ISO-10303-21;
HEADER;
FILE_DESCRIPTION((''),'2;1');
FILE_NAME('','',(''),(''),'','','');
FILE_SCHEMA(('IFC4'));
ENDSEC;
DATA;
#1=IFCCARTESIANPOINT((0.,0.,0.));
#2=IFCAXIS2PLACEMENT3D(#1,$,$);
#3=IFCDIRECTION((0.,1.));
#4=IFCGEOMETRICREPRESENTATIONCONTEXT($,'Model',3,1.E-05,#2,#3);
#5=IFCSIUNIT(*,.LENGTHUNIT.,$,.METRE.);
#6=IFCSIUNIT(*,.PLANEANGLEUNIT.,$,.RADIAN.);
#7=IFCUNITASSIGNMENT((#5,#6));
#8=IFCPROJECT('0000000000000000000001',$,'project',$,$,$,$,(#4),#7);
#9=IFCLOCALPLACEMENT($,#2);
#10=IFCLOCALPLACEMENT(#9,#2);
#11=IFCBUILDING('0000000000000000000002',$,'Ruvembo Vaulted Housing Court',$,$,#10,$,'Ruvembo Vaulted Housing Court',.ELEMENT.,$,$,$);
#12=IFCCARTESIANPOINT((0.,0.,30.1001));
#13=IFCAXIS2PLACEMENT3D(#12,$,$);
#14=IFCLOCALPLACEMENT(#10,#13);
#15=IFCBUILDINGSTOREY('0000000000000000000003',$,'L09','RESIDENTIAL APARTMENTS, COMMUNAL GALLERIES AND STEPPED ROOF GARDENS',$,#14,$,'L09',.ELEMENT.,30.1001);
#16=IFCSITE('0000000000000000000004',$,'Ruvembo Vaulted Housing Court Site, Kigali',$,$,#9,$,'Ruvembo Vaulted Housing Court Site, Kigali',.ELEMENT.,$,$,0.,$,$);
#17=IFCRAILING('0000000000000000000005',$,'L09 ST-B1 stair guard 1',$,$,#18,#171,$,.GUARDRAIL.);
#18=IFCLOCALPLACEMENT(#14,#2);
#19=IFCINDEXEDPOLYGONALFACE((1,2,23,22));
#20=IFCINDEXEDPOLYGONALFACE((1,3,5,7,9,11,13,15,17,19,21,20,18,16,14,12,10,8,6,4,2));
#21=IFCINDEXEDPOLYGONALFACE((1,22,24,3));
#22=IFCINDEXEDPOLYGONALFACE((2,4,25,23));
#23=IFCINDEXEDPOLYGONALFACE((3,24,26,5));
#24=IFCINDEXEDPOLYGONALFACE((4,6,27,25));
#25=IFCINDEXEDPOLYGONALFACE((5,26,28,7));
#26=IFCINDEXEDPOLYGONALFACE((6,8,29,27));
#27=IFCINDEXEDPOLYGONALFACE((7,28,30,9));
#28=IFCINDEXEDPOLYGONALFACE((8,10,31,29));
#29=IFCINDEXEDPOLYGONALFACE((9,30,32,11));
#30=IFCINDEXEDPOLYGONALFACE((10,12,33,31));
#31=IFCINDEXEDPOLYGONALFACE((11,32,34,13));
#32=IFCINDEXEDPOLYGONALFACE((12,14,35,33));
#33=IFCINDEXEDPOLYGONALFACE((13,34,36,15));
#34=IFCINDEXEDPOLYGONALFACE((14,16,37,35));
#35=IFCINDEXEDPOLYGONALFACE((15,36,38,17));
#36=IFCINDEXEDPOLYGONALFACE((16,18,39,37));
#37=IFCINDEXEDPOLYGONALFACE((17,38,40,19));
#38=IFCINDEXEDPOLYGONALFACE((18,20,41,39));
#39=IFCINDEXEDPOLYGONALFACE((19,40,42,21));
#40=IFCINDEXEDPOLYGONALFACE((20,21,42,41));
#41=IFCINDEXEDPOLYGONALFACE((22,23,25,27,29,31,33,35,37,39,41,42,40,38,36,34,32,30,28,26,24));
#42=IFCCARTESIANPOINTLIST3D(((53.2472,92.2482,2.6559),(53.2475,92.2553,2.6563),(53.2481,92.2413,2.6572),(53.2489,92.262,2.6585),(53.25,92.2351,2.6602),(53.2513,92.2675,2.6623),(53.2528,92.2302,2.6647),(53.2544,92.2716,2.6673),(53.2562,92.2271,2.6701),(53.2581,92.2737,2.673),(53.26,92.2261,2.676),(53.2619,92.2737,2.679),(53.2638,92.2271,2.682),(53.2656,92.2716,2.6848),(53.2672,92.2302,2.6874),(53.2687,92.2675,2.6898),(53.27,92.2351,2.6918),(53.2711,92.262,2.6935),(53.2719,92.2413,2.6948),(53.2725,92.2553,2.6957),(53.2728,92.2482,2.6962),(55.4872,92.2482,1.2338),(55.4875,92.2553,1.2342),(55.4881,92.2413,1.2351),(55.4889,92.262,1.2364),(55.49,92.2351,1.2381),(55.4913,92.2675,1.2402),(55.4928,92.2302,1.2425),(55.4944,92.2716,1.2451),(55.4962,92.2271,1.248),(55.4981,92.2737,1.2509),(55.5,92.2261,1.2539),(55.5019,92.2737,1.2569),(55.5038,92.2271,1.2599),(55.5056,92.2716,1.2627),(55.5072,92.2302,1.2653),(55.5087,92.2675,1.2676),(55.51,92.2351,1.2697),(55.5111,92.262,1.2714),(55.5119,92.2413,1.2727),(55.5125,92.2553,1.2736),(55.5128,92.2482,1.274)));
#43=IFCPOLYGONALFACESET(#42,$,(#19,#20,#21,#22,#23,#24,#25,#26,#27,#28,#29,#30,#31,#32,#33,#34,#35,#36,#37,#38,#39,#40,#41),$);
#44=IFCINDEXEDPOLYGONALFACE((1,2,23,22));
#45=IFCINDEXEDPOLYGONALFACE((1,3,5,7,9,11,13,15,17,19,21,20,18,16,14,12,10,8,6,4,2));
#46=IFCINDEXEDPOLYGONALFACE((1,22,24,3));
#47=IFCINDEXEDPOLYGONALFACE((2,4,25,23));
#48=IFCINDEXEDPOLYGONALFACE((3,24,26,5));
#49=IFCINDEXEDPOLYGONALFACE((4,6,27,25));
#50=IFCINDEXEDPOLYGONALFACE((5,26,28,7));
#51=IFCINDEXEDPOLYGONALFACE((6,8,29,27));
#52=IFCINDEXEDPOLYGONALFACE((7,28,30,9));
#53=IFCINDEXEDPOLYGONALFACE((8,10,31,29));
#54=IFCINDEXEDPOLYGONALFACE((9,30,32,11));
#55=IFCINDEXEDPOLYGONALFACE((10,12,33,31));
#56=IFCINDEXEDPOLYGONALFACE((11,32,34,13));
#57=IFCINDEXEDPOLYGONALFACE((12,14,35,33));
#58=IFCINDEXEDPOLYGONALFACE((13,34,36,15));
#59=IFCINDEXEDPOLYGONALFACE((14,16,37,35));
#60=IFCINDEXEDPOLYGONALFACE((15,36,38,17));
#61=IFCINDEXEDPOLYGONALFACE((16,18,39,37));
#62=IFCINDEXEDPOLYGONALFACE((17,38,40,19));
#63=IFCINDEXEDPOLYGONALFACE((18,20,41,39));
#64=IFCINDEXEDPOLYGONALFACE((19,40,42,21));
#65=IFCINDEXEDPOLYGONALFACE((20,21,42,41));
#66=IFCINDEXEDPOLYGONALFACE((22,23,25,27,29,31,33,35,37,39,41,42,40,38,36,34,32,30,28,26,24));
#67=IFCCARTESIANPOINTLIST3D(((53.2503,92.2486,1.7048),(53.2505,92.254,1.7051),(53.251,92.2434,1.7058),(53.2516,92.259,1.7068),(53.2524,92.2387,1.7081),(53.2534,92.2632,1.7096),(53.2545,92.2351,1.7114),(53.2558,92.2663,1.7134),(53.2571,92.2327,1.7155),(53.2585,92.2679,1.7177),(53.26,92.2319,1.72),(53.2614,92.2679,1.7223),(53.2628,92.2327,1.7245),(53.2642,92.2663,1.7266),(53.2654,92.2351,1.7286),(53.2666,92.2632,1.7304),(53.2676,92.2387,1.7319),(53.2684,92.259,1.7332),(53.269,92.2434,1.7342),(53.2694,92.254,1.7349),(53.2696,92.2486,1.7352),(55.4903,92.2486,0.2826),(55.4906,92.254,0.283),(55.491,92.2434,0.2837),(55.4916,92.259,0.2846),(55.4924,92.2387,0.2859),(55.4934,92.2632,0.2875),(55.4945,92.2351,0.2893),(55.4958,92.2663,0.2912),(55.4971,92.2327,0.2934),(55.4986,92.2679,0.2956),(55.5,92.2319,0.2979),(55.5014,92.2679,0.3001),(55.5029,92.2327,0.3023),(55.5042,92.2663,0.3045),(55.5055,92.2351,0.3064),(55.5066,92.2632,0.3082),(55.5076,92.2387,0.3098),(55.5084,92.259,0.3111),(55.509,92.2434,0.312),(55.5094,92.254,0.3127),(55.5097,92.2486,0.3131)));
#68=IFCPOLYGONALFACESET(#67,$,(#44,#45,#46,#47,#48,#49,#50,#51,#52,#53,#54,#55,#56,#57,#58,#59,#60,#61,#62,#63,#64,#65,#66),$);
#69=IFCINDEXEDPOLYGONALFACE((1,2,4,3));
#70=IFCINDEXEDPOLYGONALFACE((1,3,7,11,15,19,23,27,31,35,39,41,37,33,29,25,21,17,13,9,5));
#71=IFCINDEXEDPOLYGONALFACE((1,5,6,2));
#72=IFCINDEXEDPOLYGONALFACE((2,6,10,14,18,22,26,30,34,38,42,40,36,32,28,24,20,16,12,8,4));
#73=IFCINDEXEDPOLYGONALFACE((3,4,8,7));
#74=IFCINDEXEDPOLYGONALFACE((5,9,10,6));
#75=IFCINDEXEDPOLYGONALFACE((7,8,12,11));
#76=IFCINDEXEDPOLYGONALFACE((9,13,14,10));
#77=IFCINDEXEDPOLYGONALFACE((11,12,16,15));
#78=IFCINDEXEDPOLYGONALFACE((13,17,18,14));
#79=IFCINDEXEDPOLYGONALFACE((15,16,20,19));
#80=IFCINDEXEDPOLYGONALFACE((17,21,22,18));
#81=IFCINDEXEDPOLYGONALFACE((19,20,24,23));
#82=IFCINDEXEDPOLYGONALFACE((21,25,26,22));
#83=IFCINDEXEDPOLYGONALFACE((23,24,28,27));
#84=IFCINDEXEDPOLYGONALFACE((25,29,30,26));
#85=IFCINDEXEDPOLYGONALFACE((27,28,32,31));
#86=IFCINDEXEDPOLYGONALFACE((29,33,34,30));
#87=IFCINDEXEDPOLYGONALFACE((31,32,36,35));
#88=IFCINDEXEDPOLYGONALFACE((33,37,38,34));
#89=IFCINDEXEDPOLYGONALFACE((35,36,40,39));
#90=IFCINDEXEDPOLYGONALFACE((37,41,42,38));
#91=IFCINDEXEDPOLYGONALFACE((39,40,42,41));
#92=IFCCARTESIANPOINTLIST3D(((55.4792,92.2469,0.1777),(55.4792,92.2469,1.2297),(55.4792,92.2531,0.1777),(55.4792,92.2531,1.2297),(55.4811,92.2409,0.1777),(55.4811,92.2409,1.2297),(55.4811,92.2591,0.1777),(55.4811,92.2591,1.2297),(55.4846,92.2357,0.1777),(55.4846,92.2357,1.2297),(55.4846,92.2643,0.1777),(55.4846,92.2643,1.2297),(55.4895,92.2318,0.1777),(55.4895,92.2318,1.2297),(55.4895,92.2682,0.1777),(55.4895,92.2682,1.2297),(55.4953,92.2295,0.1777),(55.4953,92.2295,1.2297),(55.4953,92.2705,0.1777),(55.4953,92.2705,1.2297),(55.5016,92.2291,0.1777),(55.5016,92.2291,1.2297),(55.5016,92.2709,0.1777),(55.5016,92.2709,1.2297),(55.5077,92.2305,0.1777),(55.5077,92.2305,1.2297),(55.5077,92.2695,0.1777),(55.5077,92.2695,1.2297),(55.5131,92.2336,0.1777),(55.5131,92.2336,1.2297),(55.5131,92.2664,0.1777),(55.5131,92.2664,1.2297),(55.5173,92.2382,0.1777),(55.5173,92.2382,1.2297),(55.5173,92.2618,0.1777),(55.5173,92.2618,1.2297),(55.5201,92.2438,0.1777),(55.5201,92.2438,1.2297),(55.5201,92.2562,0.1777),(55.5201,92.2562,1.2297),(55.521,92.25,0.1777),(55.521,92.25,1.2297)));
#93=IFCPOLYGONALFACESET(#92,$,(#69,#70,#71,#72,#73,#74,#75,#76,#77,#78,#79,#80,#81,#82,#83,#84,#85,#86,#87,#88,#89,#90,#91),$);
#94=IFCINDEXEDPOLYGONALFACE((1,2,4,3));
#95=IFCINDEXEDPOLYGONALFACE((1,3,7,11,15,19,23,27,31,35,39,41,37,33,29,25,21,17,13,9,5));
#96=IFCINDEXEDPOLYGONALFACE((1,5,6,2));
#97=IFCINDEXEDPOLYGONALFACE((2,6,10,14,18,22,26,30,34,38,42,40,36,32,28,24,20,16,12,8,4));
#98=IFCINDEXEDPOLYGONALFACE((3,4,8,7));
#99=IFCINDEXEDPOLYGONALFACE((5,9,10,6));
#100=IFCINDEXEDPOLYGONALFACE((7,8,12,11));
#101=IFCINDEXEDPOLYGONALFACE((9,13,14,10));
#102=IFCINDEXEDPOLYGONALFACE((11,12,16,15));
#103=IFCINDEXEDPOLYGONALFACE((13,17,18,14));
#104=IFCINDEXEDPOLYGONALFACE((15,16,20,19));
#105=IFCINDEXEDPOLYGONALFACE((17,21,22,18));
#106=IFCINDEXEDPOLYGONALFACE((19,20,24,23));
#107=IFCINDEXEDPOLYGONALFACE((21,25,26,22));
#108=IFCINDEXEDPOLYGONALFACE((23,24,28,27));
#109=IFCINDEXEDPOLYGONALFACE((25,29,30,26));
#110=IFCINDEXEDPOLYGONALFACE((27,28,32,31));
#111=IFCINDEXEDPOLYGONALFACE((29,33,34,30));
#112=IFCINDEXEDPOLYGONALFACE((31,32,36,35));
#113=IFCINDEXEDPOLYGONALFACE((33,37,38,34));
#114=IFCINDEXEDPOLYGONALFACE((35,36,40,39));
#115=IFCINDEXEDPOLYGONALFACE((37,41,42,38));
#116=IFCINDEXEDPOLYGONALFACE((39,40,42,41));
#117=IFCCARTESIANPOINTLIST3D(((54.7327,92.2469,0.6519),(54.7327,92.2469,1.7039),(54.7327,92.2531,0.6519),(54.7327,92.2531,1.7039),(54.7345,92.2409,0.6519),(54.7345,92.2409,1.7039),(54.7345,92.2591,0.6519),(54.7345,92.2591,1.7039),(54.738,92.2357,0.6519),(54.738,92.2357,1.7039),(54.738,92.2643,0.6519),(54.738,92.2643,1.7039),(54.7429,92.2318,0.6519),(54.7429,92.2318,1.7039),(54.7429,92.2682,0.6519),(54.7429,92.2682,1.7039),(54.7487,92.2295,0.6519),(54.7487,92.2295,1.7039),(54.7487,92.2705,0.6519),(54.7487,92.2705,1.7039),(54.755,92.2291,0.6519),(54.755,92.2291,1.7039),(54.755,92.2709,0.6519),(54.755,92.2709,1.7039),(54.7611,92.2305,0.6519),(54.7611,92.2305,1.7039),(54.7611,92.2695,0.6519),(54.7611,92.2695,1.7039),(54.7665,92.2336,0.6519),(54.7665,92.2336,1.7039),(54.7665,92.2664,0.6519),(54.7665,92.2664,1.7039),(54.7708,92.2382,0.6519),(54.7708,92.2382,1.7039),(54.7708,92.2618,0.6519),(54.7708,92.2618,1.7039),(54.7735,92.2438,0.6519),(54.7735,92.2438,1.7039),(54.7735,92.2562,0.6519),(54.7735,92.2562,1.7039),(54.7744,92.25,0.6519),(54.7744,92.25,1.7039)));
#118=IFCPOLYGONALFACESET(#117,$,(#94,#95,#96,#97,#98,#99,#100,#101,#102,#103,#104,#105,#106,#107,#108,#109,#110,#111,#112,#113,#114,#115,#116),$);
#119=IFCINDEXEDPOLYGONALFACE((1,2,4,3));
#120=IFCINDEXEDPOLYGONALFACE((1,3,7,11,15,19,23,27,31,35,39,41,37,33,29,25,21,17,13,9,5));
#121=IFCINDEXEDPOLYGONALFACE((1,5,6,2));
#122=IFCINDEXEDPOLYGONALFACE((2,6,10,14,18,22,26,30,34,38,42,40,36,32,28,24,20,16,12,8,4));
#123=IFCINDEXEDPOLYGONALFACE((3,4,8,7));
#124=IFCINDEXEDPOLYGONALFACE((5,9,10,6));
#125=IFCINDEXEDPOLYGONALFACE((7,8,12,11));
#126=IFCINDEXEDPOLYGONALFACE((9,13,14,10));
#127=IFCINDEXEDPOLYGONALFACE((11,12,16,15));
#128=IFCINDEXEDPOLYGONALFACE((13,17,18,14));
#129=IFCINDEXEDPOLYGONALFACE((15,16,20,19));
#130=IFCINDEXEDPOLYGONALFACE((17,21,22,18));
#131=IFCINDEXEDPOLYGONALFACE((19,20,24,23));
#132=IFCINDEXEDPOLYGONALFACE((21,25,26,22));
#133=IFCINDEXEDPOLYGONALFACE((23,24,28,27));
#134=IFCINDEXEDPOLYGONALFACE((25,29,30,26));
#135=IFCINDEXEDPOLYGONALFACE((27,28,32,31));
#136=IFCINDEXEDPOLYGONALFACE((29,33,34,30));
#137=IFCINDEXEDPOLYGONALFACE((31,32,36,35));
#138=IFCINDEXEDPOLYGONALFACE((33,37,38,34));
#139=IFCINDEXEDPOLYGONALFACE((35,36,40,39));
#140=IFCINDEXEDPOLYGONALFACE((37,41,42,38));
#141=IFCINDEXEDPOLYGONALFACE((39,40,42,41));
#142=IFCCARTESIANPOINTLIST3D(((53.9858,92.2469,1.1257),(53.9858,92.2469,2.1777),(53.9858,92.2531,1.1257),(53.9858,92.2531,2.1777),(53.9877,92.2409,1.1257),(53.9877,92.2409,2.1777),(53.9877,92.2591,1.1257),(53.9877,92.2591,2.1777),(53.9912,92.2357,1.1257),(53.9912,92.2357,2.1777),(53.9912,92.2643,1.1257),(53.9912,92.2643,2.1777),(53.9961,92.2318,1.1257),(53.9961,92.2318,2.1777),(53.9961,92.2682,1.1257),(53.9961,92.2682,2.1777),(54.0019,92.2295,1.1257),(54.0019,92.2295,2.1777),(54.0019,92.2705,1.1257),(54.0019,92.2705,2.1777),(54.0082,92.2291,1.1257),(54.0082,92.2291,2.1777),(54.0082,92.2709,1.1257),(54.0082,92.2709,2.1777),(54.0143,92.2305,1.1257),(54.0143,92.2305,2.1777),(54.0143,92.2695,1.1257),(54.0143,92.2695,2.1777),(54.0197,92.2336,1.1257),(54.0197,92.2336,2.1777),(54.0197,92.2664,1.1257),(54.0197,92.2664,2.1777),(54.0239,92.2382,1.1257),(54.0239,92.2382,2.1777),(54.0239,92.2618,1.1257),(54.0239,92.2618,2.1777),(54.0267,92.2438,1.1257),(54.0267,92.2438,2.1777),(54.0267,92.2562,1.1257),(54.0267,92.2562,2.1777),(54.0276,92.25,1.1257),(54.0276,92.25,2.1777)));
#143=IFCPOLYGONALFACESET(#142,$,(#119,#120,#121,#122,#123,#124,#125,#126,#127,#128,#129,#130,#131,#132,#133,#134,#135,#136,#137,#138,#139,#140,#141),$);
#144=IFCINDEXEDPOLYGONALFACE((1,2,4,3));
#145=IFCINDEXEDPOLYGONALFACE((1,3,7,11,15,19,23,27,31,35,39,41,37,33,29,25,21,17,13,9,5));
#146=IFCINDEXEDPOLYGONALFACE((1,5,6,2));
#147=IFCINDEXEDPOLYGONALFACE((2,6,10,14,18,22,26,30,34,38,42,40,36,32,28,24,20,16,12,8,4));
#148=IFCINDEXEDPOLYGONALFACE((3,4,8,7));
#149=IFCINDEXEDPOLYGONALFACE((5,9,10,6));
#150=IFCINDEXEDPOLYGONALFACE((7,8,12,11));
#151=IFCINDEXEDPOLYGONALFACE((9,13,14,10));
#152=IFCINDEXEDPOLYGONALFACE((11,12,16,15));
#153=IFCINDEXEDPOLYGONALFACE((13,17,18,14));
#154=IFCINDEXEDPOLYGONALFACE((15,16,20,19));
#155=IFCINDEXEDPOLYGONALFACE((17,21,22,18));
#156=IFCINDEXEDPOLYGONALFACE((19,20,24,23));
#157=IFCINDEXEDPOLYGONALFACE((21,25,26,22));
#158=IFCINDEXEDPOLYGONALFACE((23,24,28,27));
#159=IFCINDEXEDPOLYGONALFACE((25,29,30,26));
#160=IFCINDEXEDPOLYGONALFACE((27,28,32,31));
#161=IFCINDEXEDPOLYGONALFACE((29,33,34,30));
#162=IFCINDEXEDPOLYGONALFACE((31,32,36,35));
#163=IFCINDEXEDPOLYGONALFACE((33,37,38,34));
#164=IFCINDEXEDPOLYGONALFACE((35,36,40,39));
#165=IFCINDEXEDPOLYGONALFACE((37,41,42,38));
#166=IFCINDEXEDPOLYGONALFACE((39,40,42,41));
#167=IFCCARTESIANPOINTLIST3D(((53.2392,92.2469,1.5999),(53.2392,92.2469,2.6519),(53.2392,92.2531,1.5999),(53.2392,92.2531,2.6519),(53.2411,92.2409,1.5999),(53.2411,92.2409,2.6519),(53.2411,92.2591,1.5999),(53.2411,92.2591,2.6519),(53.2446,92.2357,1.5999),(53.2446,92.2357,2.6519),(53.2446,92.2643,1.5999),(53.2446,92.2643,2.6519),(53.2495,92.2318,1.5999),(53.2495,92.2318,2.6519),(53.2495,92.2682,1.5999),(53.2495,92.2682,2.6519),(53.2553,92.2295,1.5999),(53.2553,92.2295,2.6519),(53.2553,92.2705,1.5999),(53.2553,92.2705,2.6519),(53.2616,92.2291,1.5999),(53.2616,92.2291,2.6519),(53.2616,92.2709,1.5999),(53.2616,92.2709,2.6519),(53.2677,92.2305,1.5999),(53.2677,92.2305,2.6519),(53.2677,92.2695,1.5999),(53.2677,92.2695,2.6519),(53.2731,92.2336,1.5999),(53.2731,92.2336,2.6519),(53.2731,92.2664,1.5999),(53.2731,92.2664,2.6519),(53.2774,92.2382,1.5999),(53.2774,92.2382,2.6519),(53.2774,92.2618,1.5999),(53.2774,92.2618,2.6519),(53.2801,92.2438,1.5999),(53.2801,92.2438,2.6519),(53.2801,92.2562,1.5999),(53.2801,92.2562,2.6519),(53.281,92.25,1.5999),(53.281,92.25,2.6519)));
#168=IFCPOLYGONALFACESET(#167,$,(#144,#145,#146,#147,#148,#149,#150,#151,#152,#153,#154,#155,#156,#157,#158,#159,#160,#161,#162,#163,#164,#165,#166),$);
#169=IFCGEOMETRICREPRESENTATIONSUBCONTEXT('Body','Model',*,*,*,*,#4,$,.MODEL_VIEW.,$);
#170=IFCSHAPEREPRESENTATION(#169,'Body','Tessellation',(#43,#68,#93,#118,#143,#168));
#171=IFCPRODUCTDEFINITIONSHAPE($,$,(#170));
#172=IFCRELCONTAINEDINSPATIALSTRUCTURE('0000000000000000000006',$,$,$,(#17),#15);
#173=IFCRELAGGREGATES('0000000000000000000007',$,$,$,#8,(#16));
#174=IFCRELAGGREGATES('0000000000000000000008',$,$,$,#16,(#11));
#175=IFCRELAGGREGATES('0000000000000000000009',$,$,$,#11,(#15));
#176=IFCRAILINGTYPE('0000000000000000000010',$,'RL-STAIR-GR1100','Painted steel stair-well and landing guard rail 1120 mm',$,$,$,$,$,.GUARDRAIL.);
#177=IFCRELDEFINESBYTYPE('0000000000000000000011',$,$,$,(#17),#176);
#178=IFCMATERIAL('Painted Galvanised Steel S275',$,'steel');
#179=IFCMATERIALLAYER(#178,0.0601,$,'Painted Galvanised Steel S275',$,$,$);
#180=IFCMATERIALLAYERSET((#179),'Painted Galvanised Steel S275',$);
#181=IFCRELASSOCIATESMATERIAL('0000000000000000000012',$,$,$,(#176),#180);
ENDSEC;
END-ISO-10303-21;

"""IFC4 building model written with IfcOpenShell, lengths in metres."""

from ifc_helpers import new_model, si_unit, direction, frame, origin, origin_2d, place, context, subcontext, project, spatial, circle, extrude, material, layer, layer_set, type_object, element, save


model = new_model("IFC4")

# Units and contexts
model_context = context("Model", 3, precision=1e-05, world=origin(), true_north=direction((0.0, 1.0)))
body_context = subcontext(model_context, "Body", "Model", "MODEL_VIEW")
ifc_project = project(units=[si_unit("LENGTHUNIT", "METRE"), si_unit("PLANEANGLEUNIT", "RADIAN")], contexts=[model_context])

# Site, building, storey
site_placement = place(None, origin())
site = spatial("IfcSite", under=ifc_project, at=site_placement, Name="Ruvembo Vaulted Housing Court Site, Kigali", LongName="Ruvembo Vaulted Housing Court Site, Kigali", CompositionType="ELEMENT", RefElevation=0.0)
building_placement = place(site_placement, origin())
building = spatial("IfcBuilding", under=site, at=building_placement, Name="Ruvembo Vaulted Housing Court", LongName="Ruvembo Vaulted Housing Court", CompositionType="ELEMENT")
storey_placement = place(building_placement, frame((0.0, 0.0, 30.1001)))
storey = spatial("IfcBuildingStorey", under=building, at=storey_placement, Name="L09", Description="RESIDENTIAL APARTMENTS, COMMUNAL GALLERIES AND STEPPED ROOF GARDENS", LongName="L09", CompositionType="ELEMENT", Elevation=30.1001)

# Railing
ifc_material_1 = material(Name="Painted Galvanised Steel S275", Category="steel")
ifc_layer_1 = layer(ifc_material_1, 0.0601, Name="Painted Galvanised Steel S275")
ifc_layer_set_1 = layer_set([ifc_layer_1], Name="Painted Galvanised Steel S275")
railing_type_1 = type_object("IfcRailingType", Name="RL-STAIR-GR1100", Description="Painted steel stair-well and landing guard rail 1120 mm", PredefinedType="GUARDRAIL", material=ifc_layer_set_1)
railing_1_placement = place(storey_placement, frame((55.5, 92.25, 0.1777)))
element("IfcRailing", 1, at=railing_1_placement, inside=storey, type_object=railing_type_1, Name="L09 ST-B1 stair guard 1", PredefinedType="GUARDRAIL", context=body_context, shape_type="SweptSolid", body=[
    extrude(circle(Radius=0.0239, at=origin_2d()), frame((0.0, 0.0, 1.0762), z_axis=(-0.844229, 0.0, 0.535982), x_axis=(0.0, -1.0, 0.0)), (0.0, 0.0, 1.0), 2.6533),
    extrude(circle(Radius=0.0181, at=origin_2d()), frame((0.0, 0.0, 0.1201), z_axis=(-0.844229, 0.0, 0.535982), x_axis=(0.0, -1.0, 0.0)), (0.0, 0.0, 1.0), 2.6533),
    extrude(circle(Radius=0.021, at=origin_2d()), origin(), (0.0, 0.0, 1.0), 1.052),
    extrude(circle(Radius=0.021, at=origin_2d()), frame((-0.7466, 0.0, 0.4741)), (0.0, 0.0, 1.0), 1.052),
    extrude(circle(Radius=0.021, at=origin_2d()), frame((-1.4934, 0.0, 0.948)), (0.0, 0.0, 1.0), 1.052),
    extrude(circle(Radius=0.021, at=origin_2d()), frame((-2.24, 0.0, 1.4221)), (0.0, 0.0, 1.0), 1.052),
])

save(model, "model.ifc")
